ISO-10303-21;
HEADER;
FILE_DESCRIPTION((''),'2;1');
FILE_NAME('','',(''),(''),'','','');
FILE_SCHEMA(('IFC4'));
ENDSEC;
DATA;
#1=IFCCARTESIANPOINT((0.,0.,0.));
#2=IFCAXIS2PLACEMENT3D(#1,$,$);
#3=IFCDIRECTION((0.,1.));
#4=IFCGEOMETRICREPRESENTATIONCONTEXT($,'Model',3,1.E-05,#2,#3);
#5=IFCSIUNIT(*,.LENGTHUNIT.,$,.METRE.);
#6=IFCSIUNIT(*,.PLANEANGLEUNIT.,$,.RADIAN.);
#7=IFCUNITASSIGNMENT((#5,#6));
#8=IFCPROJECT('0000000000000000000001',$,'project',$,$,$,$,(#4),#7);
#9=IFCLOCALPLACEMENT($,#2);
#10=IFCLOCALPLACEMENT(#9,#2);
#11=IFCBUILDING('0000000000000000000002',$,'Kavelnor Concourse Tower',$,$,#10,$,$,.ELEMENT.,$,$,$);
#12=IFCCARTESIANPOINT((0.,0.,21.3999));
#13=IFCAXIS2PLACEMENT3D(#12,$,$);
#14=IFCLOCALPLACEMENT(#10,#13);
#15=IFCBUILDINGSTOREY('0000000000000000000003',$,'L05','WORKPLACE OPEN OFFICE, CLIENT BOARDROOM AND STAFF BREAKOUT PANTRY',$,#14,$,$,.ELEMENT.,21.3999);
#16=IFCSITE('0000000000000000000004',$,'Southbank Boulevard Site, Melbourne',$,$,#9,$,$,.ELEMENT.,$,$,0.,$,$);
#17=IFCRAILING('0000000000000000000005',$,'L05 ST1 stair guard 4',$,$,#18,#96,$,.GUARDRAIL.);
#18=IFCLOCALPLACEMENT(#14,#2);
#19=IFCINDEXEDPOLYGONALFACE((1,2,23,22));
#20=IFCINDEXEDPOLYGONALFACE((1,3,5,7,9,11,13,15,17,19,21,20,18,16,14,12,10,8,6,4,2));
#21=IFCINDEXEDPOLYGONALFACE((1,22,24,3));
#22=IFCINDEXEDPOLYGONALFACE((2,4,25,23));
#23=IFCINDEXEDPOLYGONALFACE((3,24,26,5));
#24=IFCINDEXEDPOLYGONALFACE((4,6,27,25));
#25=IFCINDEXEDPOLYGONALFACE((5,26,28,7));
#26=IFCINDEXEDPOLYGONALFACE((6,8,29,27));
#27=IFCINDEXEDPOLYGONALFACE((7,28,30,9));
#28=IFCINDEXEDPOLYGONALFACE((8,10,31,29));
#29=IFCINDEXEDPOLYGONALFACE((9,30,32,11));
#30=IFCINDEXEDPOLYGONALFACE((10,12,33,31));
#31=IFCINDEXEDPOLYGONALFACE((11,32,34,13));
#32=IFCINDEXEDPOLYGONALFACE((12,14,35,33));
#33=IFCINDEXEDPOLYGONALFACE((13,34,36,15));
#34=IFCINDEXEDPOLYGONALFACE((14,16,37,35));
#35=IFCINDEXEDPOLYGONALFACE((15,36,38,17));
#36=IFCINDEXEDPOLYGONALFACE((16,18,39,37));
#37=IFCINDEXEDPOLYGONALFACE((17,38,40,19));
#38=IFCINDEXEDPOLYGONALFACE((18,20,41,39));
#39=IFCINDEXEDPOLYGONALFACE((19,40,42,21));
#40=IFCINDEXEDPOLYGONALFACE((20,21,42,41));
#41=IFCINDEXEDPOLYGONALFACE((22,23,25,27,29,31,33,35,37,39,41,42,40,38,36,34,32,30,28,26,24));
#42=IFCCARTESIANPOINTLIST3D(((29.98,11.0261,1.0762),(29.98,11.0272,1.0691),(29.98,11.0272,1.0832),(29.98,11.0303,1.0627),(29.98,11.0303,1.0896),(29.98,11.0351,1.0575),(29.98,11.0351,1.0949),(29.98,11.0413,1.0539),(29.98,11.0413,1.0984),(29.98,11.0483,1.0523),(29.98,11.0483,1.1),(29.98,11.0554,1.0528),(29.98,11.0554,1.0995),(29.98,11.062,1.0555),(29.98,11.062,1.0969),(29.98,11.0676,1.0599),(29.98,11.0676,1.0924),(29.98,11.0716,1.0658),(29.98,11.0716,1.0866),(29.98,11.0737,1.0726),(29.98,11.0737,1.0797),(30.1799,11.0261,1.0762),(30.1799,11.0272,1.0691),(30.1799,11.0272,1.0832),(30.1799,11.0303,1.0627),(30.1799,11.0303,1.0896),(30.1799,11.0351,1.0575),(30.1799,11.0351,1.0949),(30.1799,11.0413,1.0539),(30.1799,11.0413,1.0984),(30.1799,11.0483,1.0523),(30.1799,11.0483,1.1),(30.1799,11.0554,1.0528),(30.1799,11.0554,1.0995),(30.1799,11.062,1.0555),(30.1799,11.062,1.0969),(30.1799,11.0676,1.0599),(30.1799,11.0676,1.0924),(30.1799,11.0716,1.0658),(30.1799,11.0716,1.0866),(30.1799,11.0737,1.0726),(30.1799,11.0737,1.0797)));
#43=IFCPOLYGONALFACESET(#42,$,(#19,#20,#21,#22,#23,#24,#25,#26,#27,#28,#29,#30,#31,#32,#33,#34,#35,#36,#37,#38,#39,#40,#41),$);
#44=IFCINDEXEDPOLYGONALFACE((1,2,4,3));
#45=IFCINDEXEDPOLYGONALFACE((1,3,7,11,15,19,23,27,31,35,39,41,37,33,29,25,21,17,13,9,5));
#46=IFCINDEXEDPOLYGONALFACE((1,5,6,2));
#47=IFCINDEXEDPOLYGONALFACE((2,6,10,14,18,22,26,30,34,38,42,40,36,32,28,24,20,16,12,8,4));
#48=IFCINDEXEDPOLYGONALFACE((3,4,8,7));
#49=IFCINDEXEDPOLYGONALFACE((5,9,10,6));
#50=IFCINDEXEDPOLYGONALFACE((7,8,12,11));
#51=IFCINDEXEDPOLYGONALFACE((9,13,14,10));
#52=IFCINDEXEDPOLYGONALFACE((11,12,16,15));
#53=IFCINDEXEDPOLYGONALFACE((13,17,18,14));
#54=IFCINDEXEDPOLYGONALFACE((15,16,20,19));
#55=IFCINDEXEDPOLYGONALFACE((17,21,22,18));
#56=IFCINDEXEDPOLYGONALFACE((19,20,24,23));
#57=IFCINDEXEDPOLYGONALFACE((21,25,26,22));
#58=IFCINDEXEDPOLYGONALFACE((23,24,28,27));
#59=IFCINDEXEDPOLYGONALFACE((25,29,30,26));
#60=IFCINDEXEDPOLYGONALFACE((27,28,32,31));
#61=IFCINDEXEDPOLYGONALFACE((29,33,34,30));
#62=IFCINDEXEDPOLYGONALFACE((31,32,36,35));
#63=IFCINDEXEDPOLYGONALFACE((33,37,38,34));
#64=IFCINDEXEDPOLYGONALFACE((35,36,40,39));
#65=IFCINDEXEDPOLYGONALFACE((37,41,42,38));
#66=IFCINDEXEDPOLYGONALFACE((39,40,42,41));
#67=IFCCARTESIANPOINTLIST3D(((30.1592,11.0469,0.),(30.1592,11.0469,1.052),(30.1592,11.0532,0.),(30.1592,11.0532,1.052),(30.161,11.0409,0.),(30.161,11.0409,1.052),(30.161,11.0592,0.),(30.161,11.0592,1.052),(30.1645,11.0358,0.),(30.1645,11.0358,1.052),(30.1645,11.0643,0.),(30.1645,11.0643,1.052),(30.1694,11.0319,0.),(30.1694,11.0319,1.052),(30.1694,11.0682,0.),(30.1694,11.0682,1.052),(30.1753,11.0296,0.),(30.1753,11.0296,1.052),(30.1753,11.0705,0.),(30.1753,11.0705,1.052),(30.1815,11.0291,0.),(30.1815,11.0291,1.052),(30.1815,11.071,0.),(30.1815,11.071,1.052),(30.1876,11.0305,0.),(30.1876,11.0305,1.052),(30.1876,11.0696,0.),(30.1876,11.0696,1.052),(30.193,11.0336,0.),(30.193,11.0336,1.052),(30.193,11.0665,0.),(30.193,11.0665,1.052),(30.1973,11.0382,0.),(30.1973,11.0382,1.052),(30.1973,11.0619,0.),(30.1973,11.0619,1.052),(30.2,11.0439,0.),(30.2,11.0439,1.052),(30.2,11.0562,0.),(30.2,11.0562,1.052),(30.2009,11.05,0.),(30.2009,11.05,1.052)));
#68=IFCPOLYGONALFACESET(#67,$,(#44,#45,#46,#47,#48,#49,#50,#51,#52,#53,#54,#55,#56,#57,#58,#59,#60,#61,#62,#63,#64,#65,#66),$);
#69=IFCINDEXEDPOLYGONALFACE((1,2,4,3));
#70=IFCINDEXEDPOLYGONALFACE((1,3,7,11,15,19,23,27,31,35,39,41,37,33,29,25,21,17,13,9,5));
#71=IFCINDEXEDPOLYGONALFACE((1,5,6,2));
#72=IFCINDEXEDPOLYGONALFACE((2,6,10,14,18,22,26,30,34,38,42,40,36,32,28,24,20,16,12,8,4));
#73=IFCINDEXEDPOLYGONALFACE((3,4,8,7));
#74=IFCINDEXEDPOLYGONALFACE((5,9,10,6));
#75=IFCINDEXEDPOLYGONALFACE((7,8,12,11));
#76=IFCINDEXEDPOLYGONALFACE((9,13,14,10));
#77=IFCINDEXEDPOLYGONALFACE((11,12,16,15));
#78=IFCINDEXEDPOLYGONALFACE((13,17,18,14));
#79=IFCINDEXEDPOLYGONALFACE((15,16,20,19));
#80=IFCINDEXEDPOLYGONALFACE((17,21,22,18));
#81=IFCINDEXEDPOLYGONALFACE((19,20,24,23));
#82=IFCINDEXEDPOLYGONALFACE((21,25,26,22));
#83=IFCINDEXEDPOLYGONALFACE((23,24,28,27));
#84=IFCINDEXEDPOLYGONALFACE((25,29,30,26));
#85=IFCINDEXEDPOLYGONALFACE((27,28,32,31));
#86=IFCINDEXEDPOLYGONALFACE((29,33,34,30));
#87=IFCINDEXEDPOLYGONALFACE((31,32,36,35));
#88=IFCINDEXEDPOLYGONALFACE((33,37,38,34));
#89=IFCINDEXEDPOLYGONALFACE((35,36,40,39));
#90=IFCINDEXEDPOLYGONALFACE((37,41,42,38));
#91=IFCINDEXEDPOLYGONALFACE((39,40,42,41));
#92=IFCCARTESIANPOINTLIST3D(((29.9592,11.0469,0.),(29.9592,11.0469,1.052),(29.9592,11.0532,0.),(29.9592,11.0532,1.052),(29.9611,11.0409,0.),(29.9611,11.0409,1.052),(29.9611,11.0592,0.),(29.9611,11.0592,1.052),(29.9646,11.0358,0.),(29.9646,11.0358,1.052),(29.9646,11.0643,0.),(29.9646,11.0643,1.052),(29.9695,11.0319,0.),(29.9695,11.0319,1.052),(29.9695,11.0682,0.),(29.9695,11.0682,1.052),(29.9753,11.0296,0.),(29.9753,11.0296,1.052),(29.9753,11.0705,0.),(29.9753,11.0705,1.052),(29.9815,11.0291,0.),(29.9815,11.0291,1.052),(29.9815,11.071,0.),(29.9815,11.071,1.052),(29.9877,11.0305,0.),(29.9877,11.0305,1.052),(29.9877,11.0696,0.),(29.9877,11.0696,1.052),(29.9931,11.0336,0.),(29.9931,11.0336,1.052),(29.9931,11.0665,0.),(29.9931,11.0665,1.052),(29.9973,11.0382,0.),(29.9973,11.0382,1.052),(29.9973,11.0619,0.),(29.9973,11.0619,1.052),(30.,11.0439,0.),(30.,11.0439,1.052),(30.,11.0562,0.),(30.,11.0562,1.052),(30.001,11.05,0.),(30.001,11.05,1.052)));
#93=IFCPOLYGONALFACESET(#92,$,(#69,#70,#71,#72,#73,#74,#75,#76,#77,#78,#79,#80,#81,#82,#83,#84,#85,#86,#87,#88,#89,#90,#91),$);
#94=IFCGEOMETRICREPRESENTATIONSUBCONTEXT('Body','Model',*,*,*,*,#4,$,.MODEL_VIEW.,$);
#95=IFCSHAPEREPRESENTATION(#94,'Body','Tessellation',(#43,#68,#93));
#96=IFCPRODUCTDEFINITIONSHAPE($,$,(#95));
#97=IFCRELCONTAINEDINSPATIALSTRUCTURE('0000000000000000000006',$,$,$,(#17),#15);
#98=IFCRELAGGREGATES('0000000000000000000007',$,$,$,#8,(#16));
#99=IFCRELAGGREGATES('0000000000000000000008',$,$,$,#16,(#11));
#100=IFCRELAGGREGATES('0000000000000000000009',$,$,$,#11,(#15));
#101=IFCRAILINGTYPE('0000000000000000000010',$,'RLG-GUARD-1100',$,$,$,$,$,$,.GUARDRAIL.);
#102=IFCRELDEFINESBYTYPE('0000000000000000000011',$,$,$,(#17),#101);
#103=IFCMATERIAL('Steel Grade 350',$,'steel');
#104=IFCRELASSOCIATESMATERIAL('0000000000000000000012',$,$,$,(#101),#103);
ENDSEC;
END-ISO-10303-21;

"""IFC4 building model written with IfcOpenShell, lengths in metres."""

from ifc_helpers import new_model, si_unit, direction, frame, origin, origin_2d, place, context, subcontext, project, spatial, circle, extrude, material, type_object, element, save


model = new_model("IFC4")

# Units and contexts
model_context = context("Model", 3, precision=1e-05, world=origin(), true_north=direction((0.0, 1.0)))
body_context = subcontext(model_context, "Body", "Model", "MODEL_VIEW")
ifc_project = project(units=[si_unit("LENGTHUNIT", "METRE"), si_unit("PLANEANGLEUNIT", "RADIAN")], contexts=[model_context])

# Site, building, storey
site_placement = place(None, origin())
site = spatial("IfcSite", under=ifc_project, at=site_placement, Name="Southbank Boulevard Site, Melbourne", CompositionType="ELEMENT", RefElevation=0.0)
building_placement = place(site_placement, origin())
building = spatial("IfcBuilding", under=site, at=building_placement, Name="Kavelnor Concourse Tower", CompositionType="ELEMENT")
storey_placement = place(building_placement, frame((0.0, 0.0, 21.3999)))
storey = spatial("IfcBuildingStorey", under=building, at=storey_placement, Name="L05", Description="WORKPLACE OPEN OFFICE, CLIENT BOARDROOM AND STAFF BREAKOUT PANTRY", CompositionType="ELEMENT", Elevation=21.3999)

# Shared definitions
ifc_material_1 = material(Name="Steel Grade 350", Category="steel")

# Railing
railing_type_1 = type_object("IfcRailingType", Name="RLG-GUARD-1100", PredefinedType="GUARDRAIL", material=ifc_material_1)
railing_1_placement = place(storey_placement, frame((30.1799, 11.05, 0.0)))
element("IfcRailing", 1, at=railing_1_placement, inside=storey, type_object=railing_type_1, Name="L05 ST1 stair guard 4", PredefinedType="GUARDRAIL", context=body_context, shape_type="SweptSolid", body=[
    extrude(circle(Radius=0.0239, at=origin_2d()), frame((0.0, 0.0, 1.0762), z_axis=(-1.0, 0.0, 0.0), x_axis=(0.0, -1.0, 0.0)), (0.0, 0.0, 1.0), 0.2),
    extrude(circle(Radius=0.021, at=origin_2d()), origin(), (0.0, 0.0, 1.0), 1.052),
    extrude(circle(Radius=0.021, at=origin_2d()), frame((-0.2, 0.0, 0.0)), (0.0, 0.0, 1.0), 1.052),
])

save(model, "model.ifc")
